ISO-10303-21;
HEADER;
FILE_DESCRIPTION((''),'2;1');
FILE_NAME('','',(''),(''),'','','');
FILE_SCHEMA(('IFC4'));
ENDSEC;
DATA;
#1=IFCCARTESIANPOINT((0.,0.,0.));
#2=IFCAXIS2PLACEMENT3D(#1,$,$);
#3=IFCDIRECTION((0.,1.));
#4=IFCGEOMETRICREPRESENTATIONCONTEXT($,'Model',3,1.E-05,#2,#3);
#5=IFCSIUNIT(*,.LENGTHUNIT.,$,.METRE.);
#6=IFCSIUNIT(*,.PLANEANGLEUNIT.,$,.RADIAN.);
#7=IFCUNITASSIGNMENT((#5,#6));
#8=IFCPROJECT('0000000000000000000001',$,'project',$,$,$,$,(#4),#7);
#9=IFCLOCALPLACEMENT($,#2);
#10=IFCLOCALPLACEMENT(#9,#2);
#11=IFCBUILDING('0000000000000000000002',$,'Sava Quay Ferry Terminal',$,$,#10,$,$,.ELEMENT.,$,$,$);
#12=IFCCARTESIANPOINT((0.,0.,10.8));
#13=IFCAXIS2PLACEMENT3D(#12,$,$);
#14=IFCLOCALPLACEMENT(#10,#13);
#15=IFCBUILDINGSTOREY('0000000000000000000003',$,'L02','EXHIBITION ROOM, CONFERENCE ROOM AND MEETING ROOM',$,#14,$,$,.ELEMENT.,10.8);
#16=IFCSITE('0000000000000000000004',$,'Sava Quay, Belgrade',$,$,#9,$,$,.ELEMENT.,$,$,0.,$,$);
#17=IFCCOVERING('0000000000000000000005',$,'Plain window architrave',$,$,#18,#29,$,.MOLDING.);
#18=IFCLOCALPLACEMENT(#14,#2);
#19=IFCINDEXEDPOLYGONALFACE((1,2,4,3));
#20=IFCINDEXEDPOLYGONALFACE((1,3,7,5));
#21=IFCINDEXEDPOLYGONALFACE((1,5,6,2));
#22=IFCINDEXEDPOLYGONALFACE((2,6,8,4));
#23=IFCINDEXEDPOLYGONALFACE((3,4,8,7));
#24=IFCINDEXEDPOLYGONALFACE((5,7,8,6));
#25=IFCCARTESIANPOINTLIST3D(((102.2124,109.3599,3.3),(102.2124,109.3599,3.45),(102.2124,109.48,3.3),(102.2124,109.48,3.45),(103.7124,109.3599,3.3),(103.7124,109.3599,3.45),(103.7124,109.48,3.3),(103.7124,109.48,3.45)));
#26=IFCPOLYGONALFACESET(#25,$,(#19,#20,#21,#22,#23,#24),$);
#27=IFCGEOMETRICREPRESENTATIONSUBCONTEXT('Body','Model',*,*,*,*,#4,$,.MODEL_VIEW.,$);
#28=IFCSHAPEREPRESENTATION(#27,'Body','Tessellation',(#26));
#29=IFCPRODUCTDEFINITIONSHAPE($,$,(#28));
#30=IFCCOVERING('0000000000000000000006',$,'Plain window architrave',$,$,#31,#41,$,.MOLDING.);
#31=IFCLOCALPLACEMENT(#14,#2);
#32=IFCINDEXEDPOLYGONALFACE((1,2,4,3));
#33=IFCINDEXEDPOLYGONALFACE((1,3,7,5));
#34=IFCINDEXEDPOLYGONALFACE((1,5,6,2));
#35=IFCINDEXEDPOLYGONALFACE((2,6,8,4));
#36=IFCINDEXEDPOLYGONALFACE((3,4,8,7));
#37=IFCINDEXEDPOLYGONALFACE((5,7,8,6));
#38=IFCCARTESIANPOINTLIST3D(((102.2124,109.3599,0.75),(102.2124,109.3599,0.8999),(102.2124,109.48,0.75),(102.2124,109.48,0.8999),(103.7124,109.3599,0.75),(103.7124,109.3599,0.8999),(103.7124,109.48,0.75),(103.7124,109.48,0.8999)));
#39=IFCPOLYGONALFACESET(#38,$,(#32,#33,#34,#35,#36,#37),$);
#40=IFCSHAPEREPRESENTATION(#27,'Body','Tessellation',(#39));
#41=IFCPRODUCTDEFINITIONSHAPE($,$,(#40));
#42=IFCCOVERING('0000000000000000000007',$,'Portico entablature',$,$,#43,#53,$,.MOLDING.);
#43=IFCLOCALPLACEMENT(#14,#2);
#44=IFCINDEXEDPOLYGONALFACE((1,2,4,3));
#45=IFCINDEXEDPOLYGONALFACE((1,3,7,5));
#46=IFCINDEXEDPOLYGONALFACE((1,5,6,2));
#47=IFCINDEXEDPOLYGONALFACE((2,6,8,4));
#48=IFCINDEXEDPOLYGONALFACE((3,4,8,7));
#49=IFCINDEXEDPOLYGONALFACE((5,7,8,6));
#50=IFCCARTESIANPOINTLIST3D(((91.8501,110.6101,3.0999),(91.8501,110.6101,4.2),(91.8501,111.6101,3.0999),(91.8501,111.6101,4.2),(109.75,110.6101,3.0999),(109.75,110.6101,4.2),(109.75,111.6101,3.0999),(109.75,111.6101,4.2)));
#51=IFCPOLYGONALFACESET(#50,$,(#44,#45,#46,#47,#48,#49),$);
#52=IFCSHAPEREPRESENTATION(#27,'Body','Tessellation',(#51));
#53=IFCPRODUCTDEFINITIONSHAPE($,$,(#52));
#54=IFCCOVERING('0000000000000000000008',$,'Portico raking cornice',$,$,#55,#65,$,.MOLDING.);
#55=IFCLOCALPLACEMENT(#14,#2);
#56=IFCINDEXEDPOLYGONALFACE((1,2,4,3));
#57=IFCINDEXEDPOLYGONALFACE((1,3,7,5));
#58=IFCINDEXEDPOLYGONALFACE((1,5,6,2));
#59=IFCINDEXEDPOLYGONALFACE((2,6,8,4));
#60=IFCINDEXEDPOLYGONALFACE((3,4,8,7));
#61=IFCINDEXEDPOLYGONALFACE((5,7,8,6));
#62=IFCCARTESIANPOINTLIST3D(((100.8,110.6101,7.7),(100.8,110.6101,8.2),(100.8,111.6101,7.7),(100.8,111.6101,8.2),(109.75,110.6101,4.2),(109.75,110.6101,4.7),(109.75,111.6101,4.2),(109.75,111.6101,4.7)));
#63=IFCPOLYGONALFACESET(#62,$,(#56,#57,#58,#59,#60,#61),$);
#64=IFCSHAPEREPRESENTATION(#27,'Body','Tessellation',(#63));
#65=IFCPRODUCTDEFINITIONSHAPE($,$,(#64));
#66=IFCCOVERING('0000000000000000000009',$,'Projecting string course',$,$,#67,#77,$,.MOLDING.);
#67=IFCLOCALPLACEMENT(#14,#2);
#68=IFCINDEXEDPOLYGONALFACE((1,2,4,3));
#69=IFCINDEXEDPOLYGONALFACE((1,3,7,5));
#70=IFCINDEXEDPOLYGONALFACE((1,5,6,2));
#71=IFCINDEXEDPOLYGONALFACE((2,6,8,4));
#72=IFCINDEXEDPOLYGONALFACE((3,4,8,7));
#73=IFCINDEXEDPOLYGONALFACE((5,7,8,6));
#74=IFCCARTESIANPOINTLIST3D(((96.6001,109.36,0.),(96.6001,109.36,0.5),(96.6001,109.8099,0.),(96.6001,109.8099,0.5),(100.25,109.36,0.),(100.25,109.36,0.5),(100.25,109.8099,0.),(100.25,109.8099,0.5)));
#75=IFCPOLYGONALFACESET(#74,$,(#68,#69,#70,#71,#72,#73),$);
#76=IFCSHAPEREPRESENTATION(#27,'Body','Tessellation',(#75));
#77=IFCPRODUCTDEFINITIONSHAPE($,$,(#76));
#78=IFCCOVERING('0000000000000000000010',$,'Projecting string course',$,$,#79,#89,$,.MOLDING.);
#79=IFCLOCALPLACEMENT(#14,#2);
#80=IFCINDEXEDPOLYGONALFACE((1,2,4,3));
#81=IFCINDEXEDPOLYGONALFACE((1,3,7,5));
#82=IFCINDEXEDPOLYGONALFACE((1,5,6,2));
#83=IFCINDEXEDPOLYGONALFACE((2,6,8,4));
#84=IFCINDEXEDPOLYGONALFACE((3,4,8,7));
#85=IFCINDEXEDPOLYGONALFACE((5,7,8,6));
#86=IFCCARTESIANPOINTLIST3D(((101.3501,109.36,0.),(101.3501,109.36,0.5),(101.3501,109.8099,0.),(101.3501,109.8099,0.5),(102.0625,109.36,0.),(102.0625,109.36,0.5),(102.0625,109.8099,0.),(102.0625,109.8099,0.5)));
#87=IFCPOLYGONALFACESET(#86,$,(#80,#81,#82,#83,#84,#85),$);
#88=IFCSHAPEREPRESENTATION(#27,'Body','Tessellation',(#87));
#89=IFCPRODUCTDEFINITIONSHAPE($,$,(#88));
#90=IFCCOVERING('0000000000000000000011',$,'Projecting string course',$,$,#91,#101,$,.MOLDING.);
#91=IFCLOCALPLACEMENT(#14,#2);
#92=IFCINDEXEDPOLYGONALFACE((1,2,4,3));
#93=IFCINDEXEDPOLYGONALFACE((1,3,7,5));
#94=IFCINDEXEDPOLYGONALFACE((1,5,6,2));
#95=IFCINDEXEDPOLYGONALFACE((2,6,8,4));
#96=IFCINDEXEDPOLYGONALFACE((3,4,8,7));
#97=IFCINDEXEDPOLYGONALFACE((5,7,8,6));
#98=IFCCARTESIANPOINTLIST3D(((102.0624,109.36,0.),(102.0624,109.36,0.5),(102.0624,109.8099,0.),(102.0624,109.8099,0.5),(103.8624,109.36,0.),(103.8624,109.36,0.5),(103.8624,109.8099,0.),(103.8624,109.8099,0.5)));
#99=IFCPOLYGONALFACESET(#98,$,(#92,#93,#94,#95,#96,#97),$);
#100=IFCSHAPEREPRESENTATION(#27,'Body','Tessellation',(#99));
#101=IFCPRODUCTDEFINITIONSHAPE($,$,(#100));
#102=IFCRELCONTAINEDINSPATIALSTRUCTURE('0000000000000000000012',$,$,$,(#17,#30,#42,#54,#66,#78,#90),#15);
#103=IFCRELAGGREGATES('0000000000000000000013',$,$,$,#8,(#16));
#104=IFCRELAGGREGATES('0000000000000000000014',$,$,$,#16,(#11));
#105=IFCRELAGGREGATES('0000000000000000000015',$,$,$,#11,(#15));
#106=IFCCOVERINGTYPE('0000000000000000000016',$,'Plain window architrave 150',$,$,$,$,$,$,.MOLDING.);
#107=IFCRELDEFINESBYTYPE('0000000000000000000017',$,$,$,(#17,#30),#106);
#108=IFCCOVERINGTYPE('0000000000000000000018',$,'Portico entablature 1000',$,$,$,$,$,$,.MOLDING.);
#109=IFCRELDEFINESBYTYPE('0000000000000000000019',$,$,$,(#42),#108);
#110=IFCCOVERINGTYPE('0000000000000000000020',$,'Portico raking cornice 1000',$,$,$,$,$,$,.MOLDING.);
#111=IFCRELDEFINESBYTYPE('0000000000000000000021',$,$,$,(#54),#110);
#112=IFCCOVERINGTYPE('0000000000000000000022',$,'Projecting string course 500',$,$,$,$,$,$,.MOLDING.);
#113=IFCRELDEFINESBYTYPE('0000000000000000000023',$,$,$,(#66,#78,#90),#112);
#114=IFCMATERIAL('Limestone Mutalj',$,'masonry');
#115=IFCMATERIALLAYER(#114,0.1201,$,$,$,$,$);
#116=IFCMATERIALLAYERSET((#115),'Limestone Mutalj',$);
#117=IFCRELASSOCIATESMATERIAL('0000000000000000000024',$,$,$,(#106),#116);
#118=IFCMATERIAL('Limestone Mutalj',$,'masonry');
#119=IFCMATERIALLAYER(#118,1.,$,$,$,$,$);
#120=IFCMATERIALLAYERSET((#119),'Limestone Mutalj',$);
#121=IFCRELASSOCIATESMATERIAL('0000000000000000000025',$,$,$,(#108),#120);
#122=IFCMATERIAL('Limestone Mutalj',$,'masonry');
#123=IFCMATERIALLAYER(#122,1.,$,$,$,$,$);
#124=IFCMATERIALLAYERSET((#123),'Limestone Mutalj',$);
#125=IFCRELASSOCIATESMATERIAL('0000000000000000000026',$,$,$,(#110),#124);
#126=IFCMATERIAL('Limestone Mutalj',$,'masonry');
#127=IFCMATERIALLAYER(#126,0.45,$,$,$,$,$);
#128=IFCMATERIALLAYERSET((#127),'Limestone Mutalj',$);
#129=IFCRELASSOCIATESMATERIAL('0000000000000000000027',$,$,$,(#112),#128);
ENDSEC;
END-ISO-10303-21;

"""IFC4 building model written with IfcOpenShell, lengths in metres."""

from ifc_helpers import new_model, si_unit, direction, frame, origin, origin_2d, place, context, subcontext, project, spatial, polyline, rectangle, outline, extrude, material, layer, layer_set, type_object, element, save


model = new_model("IFC4")

# Units and contexts
model_context = context("Model", 3, precision=1e-05, world=origin(), true_north=direction((0.0, 1.0)))
body_context = subcontext(model_context, "Body", "Model", "MODEL_VIEW")
ifc_project = project(units=[si_unit("LENGTHUNIT", "METRE"), si_unit("PLANEANGLEUNIT", "RADIAN")], contexts=[model_context])

# Site, building, storey
site_placement = place(None, origin())
site = spatial("IfcSite", under=ifc_project, at=site_placement, Name="Sava Quay, Belgrade", CompositionType="ELEMENT", RefElevation=0.0)
building_placement = place(site_placement, origin())
building = spatial("IfcBuilding", under=site, at=building_placement, Name="Sava Quay Ferry Terminal", CompositionType="ELEMENT")
storey_placement = place(building_placement, frame((0.0, 0.0, 10.8)))
storey = spatial("IfcBuildingStorey", under=building, at=storey_placement, Name="L02", Description="EXHIBITION ROOM, CONFERENCE ROOM AND MEETING ROOM", CompositionType="ELEMENT", Elevation=10.8)

# Coverings
ifc_material_1 = material(Name="Limestone Mutalj", Category="masonry")
ifc_layer_1 = layer(ifc_material_1, 0.1201)
ifc_layer_set_1 = layer_set([ifc_layer_1], Name="Limestone Mutalj")
covering_type_1 = type_object("IfcCoveringType", Name="Plain window architrave 150", PredefinedType="MOLDING", material=ifc_layer_set_1)
for number, where, z_axis, x_axis, name in (
    (1, (102.9624, 109.4199, 3.3), (0.0, 0.0, 1.0), (1.0, 0.0, 0.0), "Plain window architrave"),
    (2, (102.9624, 109.4199, 0.75), (0.0, 0.0, 1.0), (1.0, 0.0, 0.0), "Plain window architrave"),
):
    element("IfcCovering", number, at=place(storey_placement, frame(where, z_axis=z_axis, x_axis=x_axis)), inside=storey, type_object=covering_type_1, Name=name, PredefinedType="MOLDING", context=body_context, shape_type="SweptSolid", body=[
        extrude(rectangle(XDim=1.5, YDim=0.1201, at=origin_2d()), origin(), (0.0, 0.0, 1.0), 0.1499),
    ])
ifc_material_2 = material(Name="Limestone Mutalj", Category="masonry")
ifc_layer_2 = layer(ifc_material_2, 1.0)
ifc_layer_set_2 = layer_set([ifc_layer_2], Name="Limestone Mutalj")
covering_type_2 = type_object("IfcCoveringType", Name="Portico entablature 1000", PredefinedType="MOLDING", material=ifc_layer_set_2)
covering_1_placement = place(storey_placement, frame((100.8, 111.1101, 3.0999), z_axis=(0.0, 0.0, 1.0), x_axis=(1.0, 0.0, 0.0)))
element("IfcCovering", 3, at=covering_1_placement, inside=storey, type_object=covering_type_2, Name="Portico entablature", PredefinedType="MOLDING", context=body_context, shape_type="SweptSolid", body=[
    extrude(rectangle(XDim=17.8999, YDim=1.0, at=origin_2d()), origin(), (0.0, 0.0, 1.0), 1.1001),
])
ifc_material_3 = material(Name="Limestone Mutalj", Category="masonry")
ifc_layer_3 = layer(ifc_material_3, 1.0)
ifc_layer_set_3 = layer_set([ifc_layer_3], Name="Limestone Mutalj")
covering_type_3 = type_object("IfcCoveringType", Name="Portico raking cornice 1000", PredefinedType="MOLDING", material=ifc_layer_set_3)
covering_2_placement = place(storey_placement, frame((100.8, 110.6101, 7.7), z_axis=(0.0, -1.0, 0.0), x_axis=(0.931319, 0.0, -0.364205)))
element("IfcCovering", 4, at=covering_2_placement, inside=storey, type_object=covering_type_3, Name="Portico raking cornice", PredefinedType="MOLDING", context=body_context, shape_type="SweptSolid", body=[
    extrude(outline(polyline([(0.0, 0.0), (9.61, 0.0), (9.4279, 0.4657), (-0.1821, 0.4657), (0.0, 0.0)])), origin(), (0.0, 0.0, -1.0), 1.0),
])
ifc_material_4 = material(Name="Limestone Mutalj", Category="masonry")
ifc_layer_4 = layer(ifc_material_4, 0.45)
ifc_layer_set_4 = layer_set([ifc_layer_4], Name="Limestone Mutalj")
covering_type_4 = type_object("IfcCoveringType", Name="Projecting string course 500", PredefinedType="MOLDING", material=ifc_layer_set_4)
covering_3_placement = place(storey_placement, frame((98.425, 109.585, 0.0), z_axis=(0.0, 0.0, 1.0), x_axis=(1.0, 0.0, 0.0)))
element("IfcCovering", 5, at=covering_3_placement, inside=storey, type_object=covering_type_4, Name="Projecting string course", PredefinedType="MOLDING", context=body_context, shape_type="SweptSolid", body=[
    extrude(rectangle(XDim=3.6499, YDim=0.45, at=origin_2d()), origin(), (0.0, 0.0, 1.0), 0.5),
])
covering_4_placement = place(storey_placement, frame((101.7063, 109.585, 0.0), z_axis=(0.0, 0.0, 1.0), x_axis=(1.0, 0.0, 0.0)))
element("IfcCovering", 6, at=covering_4_placement, inside=storey, type_object=covering_type_4, Name="Projecting string course", PredefinedType="MOLDING", context=body_context, shape_type="SweptSolid", body=[
    extrude(rectangle(XDim=0.7124, YDim=0.45, at=origin_2d()), origin(), (0.0, 0.0, 1.0), 0.5),
])
covering_5_placement = place(storey_placement, frame((102.9624, 109.585, 0.0), z_axis=(0.0, 0.0, 1.0), x_axis=(1.0, 0.0, 0.0)))
element("IfcCovering", 7, at=covering_5_placement, inside=storey, type_object=covering_type_4, Name="Projecting string course", PredefinedType="MOLDING", context=body_context, shape_type="SweptSolid", body=[
    extrude(rectangle(XDim=1.8, YDim=0.45, at=origin_2d()), origin(), (0.0, 0.0, 1.0), 0.5),
])

save(model, "model.ifc")
